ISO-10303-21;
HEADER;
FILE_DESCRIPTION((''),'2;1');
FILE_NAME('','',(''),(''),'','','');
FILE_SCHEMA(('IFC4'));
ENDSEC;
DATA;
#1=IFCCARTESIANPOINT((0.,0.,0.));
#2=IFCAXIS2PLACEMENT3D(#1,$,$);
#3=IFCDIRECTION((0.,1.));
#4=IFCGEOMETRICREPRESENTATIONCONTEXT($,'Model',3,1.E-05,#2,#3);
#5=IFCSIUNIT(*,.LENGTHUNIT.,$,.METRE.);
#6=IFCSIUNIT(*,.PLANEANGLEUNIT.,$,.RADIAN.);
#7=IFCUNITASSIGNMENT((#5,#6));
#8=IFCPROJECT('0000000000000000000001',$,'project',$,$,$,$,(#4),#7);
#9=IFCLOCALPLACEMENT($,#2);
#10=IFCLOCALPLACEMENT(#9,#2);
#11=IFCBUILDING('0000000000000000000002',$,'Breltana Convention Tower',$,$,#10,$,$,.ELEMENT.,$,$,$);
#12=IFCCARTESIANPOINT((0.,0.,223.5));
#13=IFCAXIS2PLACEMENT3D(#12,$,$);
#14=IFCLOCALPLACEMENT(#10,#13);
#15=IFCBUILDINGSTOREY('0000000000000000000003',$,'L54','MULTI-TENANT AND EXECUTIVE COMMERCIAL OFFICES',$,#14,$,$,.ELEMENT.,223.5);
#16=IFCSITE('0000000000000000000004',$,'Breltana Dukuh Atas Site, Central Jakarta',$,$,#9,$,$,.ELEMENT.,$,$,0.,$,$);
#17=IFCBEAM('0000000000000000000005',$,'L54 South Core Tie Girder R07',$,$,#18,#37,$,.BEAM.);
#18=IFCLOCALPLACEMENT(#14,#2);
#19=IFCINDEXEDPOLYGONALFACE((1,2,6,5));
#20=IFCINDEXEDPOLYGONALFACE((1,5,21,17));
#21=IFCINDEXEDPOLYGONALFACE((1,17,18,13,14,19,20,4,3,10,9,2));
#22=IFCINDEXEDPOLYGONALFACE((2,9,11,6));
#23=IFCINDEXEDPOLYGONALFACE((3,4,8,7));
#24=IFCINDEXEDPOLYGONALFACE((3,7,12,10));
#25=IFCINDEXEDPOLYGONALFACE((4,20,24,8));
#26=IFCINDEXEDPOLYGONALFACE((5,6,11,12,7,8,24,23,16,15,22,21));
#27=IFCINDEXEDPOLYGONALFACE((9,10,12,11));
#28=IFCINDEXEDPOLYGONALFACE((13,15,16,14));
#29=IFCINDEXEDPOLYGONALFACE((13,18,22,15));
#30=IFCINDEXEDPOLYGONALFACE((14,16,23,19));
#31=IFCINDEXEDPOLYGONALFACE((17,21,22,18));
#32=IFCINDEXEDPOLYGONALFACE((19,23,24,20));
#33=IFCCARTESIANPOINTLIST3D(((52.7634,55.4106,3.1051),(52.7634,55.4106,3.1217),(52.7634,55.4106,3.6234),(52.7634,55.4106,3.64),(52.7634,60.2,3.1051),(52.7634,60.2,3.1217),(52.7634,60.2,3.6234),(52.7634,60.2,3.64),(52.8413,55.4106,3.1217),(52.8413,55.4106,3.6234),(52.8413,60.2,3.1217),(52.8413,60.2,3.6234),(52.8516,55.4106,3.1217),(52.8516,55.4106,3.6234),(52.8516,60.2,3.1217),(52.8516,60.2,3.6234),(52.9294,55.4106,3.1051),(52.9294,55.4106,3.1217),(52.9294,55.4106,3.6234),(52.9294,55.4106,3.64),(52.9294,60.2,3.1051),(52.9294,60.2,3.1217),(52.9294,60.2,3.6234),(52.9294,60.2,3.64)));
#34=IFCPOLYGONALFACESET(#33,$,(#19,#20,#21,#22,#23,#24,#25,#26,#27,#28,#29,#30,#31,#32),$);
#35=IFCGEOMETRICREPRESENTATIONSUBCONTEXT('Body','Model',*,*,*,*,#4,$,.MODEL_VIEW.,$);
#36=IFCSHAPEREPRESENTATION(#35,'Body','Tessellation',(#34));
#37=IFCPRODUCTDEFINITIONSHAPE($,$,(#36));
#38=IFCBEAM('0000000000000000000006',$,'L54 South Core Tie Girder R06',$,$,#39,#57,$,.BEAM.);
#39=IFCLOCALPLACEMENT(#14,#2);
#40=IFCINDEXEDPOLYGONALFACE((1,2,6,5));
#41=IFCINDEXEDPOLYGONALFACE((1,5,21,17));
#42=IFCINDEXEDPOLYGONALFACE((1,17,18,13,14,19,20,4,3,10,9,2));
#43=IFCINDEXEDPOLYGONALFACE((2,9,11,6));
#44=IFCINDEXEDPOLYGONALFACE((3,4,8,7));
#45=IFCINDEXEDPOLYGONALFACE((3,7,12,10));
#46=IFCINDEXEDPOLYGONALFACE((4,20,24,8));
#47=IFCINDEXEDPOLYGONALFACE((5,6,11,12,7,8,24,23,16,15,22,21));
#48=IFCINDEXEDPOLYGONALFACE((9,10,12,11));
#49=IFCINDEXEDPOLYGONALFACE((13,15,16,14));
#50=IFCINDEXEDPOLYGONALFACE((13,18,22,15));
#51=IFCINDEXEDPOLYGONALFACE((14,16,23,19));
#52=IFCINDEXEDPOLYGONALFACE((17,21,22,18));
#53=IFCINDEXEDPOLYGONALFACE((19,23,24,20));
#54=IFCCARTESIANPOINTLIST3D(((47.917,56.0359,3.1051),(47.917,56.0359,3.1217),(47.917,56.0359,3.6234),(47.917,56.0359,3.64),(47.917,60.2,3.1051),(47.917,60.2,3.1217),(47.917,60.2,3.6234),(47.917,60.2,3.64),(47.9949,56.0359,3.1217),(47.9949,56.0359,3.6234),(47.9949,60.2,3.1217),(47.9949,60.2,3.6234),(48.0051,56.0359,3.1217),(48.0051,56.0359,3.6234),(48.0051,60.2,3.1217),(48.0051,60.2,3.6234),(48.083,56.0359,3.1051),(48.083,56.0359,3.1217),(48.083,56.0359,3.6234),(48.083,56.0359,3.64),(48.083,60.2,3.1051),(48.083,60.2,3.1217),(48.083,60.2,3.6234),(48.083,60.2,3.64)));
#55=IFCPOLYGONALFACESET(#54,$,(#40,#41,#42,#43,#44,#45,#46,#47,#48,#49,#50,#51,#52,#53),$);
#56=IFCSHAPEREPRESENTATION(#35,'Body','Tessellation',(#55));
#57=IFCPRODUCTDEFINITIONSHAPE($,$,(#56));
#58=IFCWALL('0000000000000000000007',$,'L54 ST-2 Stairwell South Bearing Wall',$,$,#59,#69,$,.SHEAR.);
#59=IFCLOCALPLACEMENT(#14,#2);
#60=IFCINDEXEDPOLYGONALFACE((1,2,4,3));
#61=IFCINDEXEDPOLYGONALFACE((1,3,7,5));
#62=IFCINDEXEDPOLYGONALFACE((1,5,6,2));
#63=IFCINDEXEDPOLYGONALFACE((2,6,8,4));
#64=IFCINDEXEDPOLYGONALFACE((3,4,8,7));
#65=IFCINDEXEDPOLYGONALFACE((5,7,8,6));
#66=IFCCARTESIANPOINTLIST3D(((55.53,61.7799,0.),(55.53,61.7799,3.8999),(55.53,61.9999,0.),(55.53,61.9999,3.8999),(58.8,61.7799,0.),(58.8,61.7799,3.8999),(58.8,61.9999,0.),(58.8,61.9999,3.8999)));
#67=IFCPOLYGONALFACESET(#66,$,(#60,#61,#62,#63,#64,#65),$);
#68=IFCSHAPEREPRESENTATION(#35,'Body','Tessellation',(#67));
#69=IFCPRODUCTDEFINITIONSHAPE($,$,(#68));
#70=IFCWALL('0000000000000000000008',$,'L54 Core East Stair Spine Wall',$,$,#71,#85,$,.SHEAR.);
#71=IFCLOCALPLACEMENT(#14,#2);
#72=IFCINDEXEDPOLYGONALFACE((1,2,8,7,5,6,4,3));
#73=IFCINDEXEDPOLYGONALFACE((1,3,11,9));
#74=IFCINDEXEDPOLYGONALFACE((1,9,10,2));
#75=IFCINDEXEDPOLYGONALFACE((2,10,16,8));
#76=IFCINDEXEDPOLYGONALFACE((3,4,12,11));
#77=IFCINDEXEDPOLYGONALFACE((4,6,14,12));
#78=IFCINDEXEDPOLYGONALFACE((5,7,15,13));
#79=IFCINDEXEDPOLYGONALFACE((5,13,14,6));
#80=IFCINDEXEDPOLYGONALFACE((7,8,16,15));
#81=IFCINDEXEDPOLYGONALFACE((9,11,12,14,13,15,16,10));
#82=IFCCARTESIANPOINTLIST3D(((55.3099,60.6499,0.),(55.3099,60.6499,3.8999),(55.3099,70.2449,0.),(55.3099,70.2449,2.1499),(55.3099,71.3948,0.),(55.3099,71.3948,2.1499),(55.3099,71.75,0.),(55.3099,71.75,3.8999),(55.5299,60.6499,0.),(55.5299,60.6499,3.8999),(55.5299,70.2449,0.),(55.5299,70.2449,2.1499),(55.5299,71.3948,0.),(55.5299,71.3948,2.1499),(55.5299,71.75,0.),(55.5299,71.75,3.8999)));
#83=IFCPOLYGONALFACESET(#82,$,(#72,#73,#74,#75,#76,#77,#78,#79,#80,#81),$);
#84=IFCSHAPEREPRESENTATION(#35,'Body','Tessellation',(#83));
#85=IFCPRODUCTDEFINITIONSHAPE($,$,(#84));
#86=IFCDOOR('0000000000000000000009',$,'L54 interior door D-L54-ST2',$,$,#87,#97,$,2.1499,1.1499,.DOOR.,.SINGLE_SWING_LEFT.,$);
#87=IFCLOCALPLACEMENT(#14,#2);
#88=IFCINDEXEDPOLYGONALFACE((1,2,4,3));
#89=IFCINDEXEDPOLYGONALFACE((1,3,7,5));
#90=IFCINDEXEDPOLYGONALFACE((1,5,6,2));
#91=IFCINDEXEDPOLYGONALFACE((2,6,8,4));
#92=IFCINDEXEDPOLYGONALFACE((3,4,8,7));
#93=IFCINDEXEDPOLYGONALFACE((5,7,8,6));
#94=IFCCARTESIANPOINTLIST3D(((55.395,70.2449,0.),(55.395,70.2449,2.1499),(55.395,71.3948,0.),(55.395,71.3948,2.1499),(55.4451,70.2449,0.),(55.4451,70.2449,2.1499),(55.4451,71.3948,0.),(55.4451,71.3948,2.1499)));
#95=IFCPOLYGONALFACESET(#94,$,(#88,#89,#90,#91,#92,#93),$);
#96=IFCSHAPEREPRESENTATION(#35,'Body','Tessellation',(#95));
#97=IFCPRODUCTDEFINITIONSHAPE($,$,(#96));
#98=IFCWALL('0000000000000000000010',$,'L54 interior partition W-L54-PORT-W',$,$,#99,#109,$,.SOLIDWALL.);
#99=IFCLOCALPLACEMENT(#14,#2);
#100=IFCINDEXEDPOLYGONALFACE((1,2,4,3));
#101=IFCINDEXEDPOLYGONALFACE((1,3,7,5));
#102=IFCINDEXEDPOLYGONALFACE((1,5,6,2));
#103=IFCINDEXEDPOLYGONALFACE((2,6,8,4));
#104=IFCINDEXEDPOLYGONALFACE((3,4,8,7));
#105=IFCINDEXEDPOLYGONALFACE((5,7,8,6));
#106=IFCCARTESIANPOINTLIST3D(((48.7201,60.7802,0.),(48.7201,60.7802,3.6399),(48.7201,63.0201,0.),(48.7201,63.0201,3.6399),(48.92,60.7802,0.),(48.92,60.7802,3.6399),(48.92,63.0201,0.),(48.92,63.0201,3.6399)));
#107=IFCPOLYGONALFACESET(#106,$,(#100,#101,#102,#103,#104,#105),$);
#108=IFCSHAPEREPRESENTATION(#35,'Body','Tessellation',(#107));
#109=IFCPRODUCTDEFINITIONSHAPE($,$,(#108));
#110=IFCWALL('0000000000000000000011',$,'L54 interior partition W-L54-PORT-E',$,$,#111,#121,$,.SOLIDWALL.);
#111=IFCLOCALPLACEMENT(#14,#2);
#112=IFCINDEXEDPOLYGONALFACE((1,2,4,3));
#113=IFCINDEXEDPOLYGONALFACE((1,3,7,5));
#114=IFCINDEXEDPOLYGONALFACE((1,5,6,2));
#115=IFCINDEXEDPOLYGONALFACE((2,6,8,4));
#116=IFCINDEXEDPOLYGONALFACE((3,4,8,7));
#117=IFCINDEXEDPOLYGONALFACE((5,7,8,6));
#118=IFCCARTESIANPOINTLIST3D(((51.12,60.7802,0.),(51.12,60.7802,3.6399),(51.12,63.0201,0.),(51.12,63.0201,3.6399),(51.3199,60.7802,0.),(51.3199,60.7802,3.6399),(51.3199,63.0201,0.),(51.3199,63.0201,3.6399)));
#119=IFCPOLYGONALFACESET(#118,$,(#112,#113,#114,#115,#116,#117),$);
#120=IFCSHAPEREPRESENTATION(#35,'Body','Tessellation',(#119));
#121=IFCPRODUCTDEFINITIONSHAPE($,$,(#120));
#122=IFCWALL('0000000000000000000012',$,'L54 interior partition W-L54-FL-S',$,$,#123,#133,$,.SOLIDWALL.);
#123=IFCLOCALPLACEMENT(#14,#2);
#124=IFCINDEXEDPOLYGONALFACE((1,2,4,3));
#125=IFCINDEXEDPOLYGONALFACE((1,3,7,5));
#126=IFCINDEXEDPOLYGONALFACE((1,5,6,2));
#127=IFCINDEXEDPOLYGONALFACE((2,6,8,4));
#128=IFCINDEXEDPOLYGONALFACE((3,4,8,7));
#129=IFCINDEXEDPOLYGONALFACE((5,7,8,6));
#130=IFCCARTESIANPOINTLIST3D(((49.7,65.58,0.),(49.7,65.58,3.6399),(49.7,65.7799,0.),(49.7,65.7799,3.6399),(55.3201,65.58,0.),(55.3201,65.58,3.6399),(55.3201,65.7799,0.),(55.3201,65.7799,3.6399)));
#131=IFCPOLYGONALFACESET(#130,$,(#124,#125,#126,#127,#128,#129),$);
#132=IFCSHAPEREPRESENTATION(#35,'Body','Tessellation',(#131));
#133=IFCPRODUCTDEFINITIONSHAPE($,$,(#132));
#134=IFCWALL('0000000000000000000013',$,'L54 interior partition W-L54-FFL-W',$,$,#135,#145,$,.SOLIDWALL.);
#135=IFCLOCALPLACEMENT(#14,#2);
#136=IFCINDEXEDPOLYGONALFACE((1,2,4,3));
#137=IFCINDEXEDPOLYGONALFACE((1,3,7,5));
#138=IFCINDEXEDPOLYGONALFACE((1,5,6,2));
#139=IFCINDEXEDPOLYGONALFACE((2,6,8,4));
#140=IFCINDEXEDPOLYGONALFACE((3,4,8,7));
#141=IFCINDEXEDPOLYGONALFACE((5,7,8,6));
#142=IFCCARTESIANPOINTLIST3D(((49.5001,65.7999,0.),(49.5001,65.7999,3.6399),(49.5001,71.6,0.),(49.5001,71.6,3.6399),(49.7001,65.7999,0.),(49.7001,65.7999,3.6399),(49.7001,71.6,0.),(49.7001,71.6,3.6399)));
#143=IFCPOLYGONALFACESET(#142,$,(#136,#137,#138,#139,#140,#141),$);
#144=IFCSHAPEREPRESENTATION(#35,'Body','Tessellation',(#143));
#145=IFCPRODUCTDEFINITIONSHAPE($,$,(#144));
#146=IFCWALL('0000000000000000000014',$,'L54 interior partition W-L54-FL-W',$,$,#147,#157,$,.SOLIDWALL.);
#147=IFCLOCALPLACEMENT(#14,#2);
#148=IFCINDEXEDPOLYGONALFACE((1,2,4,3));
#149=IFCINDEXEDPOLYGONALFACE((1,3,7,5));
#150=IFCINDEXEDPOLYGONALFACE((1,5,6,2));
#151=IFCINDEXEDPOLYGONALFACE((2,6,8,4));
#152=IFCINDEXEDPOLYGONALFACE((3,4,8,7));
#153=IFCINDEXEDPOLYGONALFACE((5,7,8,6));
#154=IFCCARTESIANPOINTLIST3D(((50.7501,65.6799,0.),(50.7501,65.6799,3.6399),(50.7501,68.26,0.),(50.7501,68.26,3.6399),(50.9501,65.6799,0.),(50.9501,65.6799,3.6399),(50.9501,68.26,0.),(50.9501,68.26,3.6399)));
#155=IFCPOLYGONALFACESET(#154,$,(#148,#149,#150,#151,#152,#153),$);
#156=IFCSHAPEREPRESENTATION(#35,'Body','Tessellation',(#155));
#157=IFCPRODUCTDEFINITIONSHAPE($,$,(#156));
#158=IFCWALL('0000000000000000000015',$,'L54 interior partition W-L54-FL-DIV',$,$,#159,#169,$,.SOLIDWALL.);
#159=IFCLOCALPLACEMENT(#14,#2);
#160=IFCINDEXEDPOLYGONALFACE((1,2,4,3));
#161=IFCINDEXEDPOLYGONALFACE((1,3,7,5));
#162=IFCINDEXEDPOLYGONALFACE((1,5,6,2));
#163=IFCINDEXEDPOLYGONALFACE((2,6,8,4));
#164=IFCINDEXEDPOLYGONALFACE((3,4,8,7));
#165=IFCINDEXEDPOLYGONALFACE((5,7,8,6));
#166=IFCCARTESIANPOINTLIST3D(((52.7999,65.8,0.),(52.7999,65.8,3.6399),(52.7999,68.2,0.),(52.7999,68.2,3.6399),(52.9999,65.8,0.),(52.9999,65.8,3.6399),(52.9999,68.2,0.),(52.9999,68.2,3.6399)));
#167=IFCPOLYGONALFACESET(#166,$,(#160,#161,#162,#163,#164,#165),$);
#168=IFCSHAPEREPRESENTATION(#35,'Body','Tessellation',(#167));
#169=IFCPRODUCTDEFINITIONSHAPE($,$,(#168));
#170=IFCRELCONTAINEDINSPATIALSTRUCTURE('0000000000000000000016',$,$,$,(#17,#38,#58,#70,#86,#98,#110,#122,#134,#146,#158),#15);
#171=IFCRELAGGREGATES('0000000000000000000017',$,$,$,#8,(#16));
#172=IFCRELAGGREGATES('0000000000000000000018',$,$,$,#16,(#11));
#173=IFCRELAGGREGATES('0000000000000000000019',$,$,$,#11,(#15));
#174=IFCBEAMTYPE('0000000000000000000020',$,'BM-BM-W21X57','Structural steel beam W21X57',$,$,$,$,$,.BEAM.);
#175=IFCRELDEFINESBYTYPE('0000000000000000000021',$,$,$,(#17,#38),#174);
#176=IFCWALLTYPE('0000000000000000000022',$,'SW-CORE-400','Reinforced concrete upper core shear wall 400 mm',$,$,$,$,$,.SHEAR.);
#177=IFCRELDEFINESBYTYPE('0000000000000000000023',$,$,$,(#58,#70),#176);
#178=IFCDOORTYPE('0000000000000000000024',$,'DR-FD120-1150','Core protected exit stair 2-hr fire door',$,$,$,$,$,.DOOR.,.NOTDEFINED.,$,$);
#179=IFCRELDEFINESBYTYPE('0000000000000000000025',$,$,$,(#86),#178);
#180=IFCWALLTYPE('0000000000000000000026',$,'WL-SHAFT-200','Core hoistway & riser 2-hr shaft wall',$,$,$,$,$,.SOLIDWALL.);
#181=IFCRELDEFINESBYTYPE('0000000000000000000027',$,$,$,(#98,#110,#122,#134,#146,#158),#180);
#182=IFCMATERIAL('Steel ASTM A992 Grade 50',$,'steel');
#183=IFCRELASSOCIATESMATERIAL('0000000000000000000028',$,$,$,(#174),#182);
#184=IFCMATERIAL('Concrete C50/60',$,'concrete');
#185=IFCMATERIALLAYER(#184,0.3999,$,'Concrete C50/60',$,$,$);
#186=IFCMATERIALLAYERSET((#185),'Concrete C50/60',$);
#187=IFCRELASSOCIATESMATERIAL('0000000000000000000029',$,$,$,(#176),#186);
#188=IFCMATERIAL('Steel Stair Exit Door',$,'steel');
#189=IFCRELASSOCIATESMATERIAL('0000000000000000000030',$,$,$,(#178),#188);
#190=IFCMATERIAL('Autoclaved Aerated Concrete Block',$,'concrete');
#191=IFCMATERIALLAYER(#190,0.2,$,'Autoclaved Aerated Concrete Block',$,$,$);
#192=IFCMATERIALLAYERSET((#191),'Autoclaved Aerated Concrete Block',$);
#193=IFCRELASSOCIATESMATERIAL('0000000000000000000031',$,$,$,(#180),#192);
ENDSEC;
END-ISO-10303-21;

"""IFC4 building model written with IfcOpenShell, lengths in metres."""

from ifc_helpers import new_model, si_unit, direction, frame, frame_2d, origin, origin_2d, place, context, subcontext, project, spatial, rectangle, i_section, extrude, source, transform, mapped, material, layer, layer_set, material_profile, profile_set, type_object, type_shapes, element, fill, save


model = new_model("IFC4")

# Units and contexts
model_context = context("Model", 3, precision=1e-05, world=origin(), true_north=direction((0.0, 1.0)))
body_context = subcontext(model_context, "Body", "Model", "MODEL_VIEW")
ifc_project = project(units=[si_unit("LENGTHUNIT", "METRE"), si_unit("PLANEANGLEUNIT", "RADIAN")], contexts=[model_context])

# Site, building, storey
site_placement = place(None, origin())
site = spatial("IfcSite", under=ifc_project, at=site_placement, Name="Breltana Dukuh Atas Site, Central Jakarta", CompositionType="ELEMENT", RefElevation=0.0)
building_placement = place(site_placement, origin())
building = spatial("IfcBuilding", under=site, at=building_placement, Name="Breltana Convention Tower", CompositionType="ELEMENT")
storey_placement = place(building_placement, frame((0.0, 0.0, 223.5)))
storey = spatial("IfcBuildingStorey", under=building, at=storey_placement, Name="L54", Description="MULTI-TENANT AND EXECUTIVE COMMERCIAL OFFICES", CompositionType="ELEMENT", Elevation=223.5)

# Beams
ifc_material_1 = material(Name="Steel ASTM A992 Grade 50", Category="steel")
ifc_material_profile = material_profile(ifc_material_1, i_section(OverallWidth=0.166, OverallDepth=0.5349, WebThickness=0.0103, FlangeThickness=0.0166, at=origin_2d()), Name="W21X57")
ifc_profile_set = profile_set([ifc_material_profile], Name="Steel ASTM A992 Grade 50")
beam_type = type_object("IfcBeamType", Name="BM-BM-W21X57", Description="Structural steel beam W21X57", PredefinedType="BEAM", material=ifc_profile_set)
shared_shape_1 = source(origin(), body_context, "Body", "SweptSolid", [
    extrude(i_section(OverallWidth=0.166, OverallDepth=0.5349, WebThickness=0.0103, FlangeThickness=0.0166, at=origin_2d()), origin(), (0.0, 0.0, 1.0), 4.7893),
])
beam_1_placement = place(storey_placement, frame((52.8464, 60.2, 3.3726), z_axis=(0.0, -1.0, 0.0), x_axis=(1.0, 0.0, 0.0)))
element("IfcBeam", 1, at=beam_1_placement, inside=storey, type_object=beam_type, Name="L54 South Core Tie Girder R07", PredefinedType="BEAM", context=body_context, shape_type="MappedRepresentation", body=[
    mapped(shared_shape_1, transform((0.0, 0.0, 0.0), scale=1.0)),
])
shared_shape_2 = source(origin(), body_context, "Body", "SweptSolid", [
    extrude(i_section(OverallWidth=0.166, OverallDepth=0.5349, WebThickness=0.0103, FlangeThickness=0.0166, at=origin_2d()), origin(), (0.0, 0.0, 1.0), 4.1641),
])
beam_2_placement = place(storey_placement, frame((48.0, 60.2, 3.3726), z_axis=(0.0, -1.0, 0.0), x_axis=(1.0, 0.0, 0.0)))
element("IfcBeam", 2, at=beam_2_placement, inside=storey, type_object=beam_type, Name="L54 South Core Tie Girder R06", PredefinedType="BEAM", context=body_context, shape_type="MappedRepresentation", body=[
    mapped(shared_shape_2, transform((0.0, 0.0, 0.0), scale=1.0)),
])

# Wall
ifc_material_2 = material(Name="Concrete C50/60", Category="concrete")
ifc_layer_1 = layer(ifc_material_2, 0.3999, Name="Concrete C50/60")
ifc_layer_set_1 = layer_set([ifc_layer_1], Name="Concrete C50/60")
wall_type_1 = type_object("IfcWallType", Name="SW-CORE-400", Description="Reinforced concrete upper core shear wall 400 mm", PredefinedType="SHEAR", material=ifc_layer_set_1)
shared_shape_3 = source(origin(), body_context, "Body", "SweptSolid", [
    extrude(rectangle(XDim=3.27, YDim=0.22, at=frame_2d((1.635, 0.0))), origin(), (0.0, 0.0, 1.0), 3.8999),
])
wall_1_placement = place(storey_placement, frame((55.53, 61.8899, 0.0), z_axis=(0.0, 0.0, 1.0), x_axis=(1.0, 0.0, 0.0)))
element("IfcWall", 3, at=wall_1_placement, inside=storey, type_object=wall_type_1, Name="L54 ST-2 Stairwell South Bearing Wall", PredefinedType="SHEAR", context=body_context, shape_type="MappedRepresentation", body=[
    mapped(shared_shape_3, transform((0.0, 0.0, 0.0), scale=1.0)),
])

# Wall, opening, door
shared_shape_4 = source(origin(), body_context, "Body", "SweptSolid", [
    extrude(rectangle(XDim=11.1001, YDim=0.22, at=frame_2d((5.55, 0.0))), origin(), (0.0, 0.0, 1.0), 3.8999),
])
wall_2_placement = place(storey_placement, frame((55.4199, 60.6499, 0.0), z_axis=(0.0, 0.0, 1.0), x_axis=(0.0, 1.0, 0.0)))
wall_2 = element("IfcWall", 4, at=wall_2_placement, inside=storey, type_object=wall_type_1, Name="L54 Core East Stair Spine Wall", PredefinedType="SHEAR", context=body_context, shape_type="MappedRepresentation", body=[
    mapped(shared_shape_4, transform((0.0, 0.0, 0.0), scale=1.0)),
])
opening_1_placement = place(wall_2_placement, frame((9.595, 0.0, 0.0)))
opening_1 = element("IfcOpeningElement", 5, at=opening_1_placement, cuts=wall_2, PredefinedType="OPENING", context=body_context, shape_type="SweptSolid", body=[
    extrude(rectangle(XDim=1.1499, YDim=2.1499, at=frame_2d((0.575, 1.075))), frame((0.0, 0.1201, 0.0), z_axis=(0.0, -1.0, 0.0), x_axis=(1.0, 0.0, 0.0)), (0.0, 0.0, 1.0), 0.24),
])
ifc_material_3 = material(Name="Steel Stair Exit Door", Category="steel")
door_type_1 = type_object("IfcDoorType", Name="DR-FD120-1150", Description="Core protected exit stair 2-hr fire door", OperationType="NOTDEFINED", PredefinedType="DOOR", material=ifc_material_3)
shared_shape_5 = source(origin(), body_context, "Body", "SweptSolid", [
    extrude(rectangle(XDim=1.1499, YDim=2.1499, at=frame_2d((0.575, 1.075))), frame((0.0, 0.0249, 0.0), z_axis=(0.0, -1.0, 0.0), x_axis=(1.0, 0.0, 0.0)), (0.0, 0.0, 1.0), 0.05),
])
type_shapes(door_type_1, [shared_shape_5])
door_1_placement = place(opening_1_placement, origin())
door_1 = element("IfcDoor", 6, at=door_1_placement, inside=storey, type_object=door_type_1, Name="L54 interior door D-L54-ST2", OperationType="SINGLE_SWING_LEFT", OverallHeight=2.1499, OverallWidth=1.1499, PredefinedType="DOOR", context=body_context, shape_type="MappedRepresentation", body=[
    mapped(shared_shape_5, transform((0.0, 0.0, 0.0), scale=1.0)),
])
fill(opening_1, door_1)

# Walls
ifc_material_4 = material(Name="Autoclaved Aerated Concrete Block", Category="concrete")
ifc_layer_2 = layer(ifc_material_4, 0.2, Name="Autoclaved Aerated Concrete Block")
ifc_layer_set_2 = layer_set([ifc_layer_2], Name="Autoclaved Aerated Concrete Block")
wall_type_2 = type_object("IfcWallType", Name="WL-SHAFT-200", Description="Core hoistway & riser 2-hr shaft wall", PredefinedType="SOLIDWALL", material=ifc_layer_set_2)
shared_shape_6 = source(origin(), body_context, "Body", "SweptSolid", [
    extrude(rectangle(XDim=2.24, YDim=0.2, at=frame_2d((1.1201, 0.0))), origin(), (0.0, 0.0, 1.0), 3.6399),
])
for number, where, z_axis, x_axis, name in (
    (7, (48.8201, 60.78, 0.0), (0.0, 0.0, 1.0), (0.0, 1.0, 0.0), "L54 interior partition W-L54-PORT-W"),
    (8, (51.22, 60.78, 0.0), (0.0, 0.0, 1.0), (0.0, 1.0, 0.0), "L54 interior partition W-L54-PORT-E"),
):
    element("IfcWall", number, at=place(storey_placement, frame(where, z_axis=z_axis, x_axis=x_axis)), inside=storey, type_object=wall_type_2, Name=name, PredefinedType="SOLIDWALL", context=body_context, shape_type="MappedRepresentation", body=[
        mapped(shared_shape_6, transform((0.0, 0.0, 0.0), scale=1.0)),
    ])

# Shared definitions
shared_shape_7 = source(origin(), body_context, "Body", "SweptSolid", [
    extrude(rectangle(XDim=5.6201, YDim=0.2, at=frame_2d((2.8101, 0.0))), origin(), (0.0, 0.0, 1.0), 3.6399),
])

# Walls
wall_3_placement = place(storey_placement, frame((49.7, 65.6799, 0.0), z_axis=(0.0, 0.0, 1.0), x_axis=(1.0, 0.0, 0.0)))
element("IfcWall", 9, at=wall_3_placement, inside=storey, type_object=wall_type_2, Name="L54 interior partition W-L54-FL-S", PredefinedType="SOLIDWALL", context=body_context, shape_type="MappedRepresentation", body=[
    mapped(shared_shape_7, transform((0.0, 0.0, 0.0), scale=1.0)),
])
shared_shape_8 = source(origin(), body_context, "Body", "SweptSolid", [
    extrude(rectangle(XDim=5.8, YDim=0.2, at=frame_2d((2.8999, 0.0))), origin(), (0.0, 0.0, 1.0), 3.6399),
])
wall_4_placement = place(storey_placement, frame((49.6001, 65.8, 0.0), z_axis=(0.0, 0.0, 1.0), x_axis=(0.0, 1.0, 0.0)))
element("IfcWall", 10, at=wall_4_placement, inside=storey, type_object=wall_type_2, Name="L54 interior partition W-L54-FFL-W", PredefinedType="SOLIDWALL", context=body_context, shape_type="MappedRepresentation", body=[
    mapped(shared_shape_8, transform((0.0, 0.0, 0.0), scale=1.0)),
])
shared_shape_9 = source(origin(), body_context, "Body", "SweptSolid", [
    extrude(rectangle(XDim=2.5801, YDim=0.2, at=frame_2d((1.29, 0.0))), origin(), (0.0, 0.0, 1.0), 3.6399),
])
wall_5_placement = place(storey_placement, frame((50.8501, 65.6799, 0.0), z_axis=(0.0, 0.0, 1.0), x_axis=(0.0, 1.0, 0.0)))
element("IfcWall", 11, at=wall_5_placement, inside=storey, type_object=wall_type_2, Name="L54 interior partition W-L54-FL-W", PredefinedType="SOLIDWALL", context=body_context, shape_type="MappedRepresentation", body=[
    mapped(shared_shape_9, transform((0.0, 0.0, 0.0), scale=1.0)),
])
shared_shape_10 = source(origin(), body_context, "Body", "SweptSolid", [
    extrude(rectangle(XDim=2.3999, YDim=0.2, at=frame_2d((1.2, 0.0))), origin(), (0.0, 0.0, 1.0), 3.6399),
])
wall_6_placement = place(storey_placement, frame((52.8999, 65.8, 0.0), z_axis=(0.0, 0.0, 1.0), x_axis=(0.0, 1.0, 0.0)))
element("IfcWall", 12, at=wall_6_placement, inside=storey, type_object=wall_type_2, Name="L54 interior partition W-L54-FL-DIV", PredefinedType="SOLIDWALL", context=body_context, shape_type="MappedRepresentation", body=[
    mapped(shared_shape_10, transform((0.0, 0.0, 0.0), scale=1.0)),
])

save(model, "model.ifc")
